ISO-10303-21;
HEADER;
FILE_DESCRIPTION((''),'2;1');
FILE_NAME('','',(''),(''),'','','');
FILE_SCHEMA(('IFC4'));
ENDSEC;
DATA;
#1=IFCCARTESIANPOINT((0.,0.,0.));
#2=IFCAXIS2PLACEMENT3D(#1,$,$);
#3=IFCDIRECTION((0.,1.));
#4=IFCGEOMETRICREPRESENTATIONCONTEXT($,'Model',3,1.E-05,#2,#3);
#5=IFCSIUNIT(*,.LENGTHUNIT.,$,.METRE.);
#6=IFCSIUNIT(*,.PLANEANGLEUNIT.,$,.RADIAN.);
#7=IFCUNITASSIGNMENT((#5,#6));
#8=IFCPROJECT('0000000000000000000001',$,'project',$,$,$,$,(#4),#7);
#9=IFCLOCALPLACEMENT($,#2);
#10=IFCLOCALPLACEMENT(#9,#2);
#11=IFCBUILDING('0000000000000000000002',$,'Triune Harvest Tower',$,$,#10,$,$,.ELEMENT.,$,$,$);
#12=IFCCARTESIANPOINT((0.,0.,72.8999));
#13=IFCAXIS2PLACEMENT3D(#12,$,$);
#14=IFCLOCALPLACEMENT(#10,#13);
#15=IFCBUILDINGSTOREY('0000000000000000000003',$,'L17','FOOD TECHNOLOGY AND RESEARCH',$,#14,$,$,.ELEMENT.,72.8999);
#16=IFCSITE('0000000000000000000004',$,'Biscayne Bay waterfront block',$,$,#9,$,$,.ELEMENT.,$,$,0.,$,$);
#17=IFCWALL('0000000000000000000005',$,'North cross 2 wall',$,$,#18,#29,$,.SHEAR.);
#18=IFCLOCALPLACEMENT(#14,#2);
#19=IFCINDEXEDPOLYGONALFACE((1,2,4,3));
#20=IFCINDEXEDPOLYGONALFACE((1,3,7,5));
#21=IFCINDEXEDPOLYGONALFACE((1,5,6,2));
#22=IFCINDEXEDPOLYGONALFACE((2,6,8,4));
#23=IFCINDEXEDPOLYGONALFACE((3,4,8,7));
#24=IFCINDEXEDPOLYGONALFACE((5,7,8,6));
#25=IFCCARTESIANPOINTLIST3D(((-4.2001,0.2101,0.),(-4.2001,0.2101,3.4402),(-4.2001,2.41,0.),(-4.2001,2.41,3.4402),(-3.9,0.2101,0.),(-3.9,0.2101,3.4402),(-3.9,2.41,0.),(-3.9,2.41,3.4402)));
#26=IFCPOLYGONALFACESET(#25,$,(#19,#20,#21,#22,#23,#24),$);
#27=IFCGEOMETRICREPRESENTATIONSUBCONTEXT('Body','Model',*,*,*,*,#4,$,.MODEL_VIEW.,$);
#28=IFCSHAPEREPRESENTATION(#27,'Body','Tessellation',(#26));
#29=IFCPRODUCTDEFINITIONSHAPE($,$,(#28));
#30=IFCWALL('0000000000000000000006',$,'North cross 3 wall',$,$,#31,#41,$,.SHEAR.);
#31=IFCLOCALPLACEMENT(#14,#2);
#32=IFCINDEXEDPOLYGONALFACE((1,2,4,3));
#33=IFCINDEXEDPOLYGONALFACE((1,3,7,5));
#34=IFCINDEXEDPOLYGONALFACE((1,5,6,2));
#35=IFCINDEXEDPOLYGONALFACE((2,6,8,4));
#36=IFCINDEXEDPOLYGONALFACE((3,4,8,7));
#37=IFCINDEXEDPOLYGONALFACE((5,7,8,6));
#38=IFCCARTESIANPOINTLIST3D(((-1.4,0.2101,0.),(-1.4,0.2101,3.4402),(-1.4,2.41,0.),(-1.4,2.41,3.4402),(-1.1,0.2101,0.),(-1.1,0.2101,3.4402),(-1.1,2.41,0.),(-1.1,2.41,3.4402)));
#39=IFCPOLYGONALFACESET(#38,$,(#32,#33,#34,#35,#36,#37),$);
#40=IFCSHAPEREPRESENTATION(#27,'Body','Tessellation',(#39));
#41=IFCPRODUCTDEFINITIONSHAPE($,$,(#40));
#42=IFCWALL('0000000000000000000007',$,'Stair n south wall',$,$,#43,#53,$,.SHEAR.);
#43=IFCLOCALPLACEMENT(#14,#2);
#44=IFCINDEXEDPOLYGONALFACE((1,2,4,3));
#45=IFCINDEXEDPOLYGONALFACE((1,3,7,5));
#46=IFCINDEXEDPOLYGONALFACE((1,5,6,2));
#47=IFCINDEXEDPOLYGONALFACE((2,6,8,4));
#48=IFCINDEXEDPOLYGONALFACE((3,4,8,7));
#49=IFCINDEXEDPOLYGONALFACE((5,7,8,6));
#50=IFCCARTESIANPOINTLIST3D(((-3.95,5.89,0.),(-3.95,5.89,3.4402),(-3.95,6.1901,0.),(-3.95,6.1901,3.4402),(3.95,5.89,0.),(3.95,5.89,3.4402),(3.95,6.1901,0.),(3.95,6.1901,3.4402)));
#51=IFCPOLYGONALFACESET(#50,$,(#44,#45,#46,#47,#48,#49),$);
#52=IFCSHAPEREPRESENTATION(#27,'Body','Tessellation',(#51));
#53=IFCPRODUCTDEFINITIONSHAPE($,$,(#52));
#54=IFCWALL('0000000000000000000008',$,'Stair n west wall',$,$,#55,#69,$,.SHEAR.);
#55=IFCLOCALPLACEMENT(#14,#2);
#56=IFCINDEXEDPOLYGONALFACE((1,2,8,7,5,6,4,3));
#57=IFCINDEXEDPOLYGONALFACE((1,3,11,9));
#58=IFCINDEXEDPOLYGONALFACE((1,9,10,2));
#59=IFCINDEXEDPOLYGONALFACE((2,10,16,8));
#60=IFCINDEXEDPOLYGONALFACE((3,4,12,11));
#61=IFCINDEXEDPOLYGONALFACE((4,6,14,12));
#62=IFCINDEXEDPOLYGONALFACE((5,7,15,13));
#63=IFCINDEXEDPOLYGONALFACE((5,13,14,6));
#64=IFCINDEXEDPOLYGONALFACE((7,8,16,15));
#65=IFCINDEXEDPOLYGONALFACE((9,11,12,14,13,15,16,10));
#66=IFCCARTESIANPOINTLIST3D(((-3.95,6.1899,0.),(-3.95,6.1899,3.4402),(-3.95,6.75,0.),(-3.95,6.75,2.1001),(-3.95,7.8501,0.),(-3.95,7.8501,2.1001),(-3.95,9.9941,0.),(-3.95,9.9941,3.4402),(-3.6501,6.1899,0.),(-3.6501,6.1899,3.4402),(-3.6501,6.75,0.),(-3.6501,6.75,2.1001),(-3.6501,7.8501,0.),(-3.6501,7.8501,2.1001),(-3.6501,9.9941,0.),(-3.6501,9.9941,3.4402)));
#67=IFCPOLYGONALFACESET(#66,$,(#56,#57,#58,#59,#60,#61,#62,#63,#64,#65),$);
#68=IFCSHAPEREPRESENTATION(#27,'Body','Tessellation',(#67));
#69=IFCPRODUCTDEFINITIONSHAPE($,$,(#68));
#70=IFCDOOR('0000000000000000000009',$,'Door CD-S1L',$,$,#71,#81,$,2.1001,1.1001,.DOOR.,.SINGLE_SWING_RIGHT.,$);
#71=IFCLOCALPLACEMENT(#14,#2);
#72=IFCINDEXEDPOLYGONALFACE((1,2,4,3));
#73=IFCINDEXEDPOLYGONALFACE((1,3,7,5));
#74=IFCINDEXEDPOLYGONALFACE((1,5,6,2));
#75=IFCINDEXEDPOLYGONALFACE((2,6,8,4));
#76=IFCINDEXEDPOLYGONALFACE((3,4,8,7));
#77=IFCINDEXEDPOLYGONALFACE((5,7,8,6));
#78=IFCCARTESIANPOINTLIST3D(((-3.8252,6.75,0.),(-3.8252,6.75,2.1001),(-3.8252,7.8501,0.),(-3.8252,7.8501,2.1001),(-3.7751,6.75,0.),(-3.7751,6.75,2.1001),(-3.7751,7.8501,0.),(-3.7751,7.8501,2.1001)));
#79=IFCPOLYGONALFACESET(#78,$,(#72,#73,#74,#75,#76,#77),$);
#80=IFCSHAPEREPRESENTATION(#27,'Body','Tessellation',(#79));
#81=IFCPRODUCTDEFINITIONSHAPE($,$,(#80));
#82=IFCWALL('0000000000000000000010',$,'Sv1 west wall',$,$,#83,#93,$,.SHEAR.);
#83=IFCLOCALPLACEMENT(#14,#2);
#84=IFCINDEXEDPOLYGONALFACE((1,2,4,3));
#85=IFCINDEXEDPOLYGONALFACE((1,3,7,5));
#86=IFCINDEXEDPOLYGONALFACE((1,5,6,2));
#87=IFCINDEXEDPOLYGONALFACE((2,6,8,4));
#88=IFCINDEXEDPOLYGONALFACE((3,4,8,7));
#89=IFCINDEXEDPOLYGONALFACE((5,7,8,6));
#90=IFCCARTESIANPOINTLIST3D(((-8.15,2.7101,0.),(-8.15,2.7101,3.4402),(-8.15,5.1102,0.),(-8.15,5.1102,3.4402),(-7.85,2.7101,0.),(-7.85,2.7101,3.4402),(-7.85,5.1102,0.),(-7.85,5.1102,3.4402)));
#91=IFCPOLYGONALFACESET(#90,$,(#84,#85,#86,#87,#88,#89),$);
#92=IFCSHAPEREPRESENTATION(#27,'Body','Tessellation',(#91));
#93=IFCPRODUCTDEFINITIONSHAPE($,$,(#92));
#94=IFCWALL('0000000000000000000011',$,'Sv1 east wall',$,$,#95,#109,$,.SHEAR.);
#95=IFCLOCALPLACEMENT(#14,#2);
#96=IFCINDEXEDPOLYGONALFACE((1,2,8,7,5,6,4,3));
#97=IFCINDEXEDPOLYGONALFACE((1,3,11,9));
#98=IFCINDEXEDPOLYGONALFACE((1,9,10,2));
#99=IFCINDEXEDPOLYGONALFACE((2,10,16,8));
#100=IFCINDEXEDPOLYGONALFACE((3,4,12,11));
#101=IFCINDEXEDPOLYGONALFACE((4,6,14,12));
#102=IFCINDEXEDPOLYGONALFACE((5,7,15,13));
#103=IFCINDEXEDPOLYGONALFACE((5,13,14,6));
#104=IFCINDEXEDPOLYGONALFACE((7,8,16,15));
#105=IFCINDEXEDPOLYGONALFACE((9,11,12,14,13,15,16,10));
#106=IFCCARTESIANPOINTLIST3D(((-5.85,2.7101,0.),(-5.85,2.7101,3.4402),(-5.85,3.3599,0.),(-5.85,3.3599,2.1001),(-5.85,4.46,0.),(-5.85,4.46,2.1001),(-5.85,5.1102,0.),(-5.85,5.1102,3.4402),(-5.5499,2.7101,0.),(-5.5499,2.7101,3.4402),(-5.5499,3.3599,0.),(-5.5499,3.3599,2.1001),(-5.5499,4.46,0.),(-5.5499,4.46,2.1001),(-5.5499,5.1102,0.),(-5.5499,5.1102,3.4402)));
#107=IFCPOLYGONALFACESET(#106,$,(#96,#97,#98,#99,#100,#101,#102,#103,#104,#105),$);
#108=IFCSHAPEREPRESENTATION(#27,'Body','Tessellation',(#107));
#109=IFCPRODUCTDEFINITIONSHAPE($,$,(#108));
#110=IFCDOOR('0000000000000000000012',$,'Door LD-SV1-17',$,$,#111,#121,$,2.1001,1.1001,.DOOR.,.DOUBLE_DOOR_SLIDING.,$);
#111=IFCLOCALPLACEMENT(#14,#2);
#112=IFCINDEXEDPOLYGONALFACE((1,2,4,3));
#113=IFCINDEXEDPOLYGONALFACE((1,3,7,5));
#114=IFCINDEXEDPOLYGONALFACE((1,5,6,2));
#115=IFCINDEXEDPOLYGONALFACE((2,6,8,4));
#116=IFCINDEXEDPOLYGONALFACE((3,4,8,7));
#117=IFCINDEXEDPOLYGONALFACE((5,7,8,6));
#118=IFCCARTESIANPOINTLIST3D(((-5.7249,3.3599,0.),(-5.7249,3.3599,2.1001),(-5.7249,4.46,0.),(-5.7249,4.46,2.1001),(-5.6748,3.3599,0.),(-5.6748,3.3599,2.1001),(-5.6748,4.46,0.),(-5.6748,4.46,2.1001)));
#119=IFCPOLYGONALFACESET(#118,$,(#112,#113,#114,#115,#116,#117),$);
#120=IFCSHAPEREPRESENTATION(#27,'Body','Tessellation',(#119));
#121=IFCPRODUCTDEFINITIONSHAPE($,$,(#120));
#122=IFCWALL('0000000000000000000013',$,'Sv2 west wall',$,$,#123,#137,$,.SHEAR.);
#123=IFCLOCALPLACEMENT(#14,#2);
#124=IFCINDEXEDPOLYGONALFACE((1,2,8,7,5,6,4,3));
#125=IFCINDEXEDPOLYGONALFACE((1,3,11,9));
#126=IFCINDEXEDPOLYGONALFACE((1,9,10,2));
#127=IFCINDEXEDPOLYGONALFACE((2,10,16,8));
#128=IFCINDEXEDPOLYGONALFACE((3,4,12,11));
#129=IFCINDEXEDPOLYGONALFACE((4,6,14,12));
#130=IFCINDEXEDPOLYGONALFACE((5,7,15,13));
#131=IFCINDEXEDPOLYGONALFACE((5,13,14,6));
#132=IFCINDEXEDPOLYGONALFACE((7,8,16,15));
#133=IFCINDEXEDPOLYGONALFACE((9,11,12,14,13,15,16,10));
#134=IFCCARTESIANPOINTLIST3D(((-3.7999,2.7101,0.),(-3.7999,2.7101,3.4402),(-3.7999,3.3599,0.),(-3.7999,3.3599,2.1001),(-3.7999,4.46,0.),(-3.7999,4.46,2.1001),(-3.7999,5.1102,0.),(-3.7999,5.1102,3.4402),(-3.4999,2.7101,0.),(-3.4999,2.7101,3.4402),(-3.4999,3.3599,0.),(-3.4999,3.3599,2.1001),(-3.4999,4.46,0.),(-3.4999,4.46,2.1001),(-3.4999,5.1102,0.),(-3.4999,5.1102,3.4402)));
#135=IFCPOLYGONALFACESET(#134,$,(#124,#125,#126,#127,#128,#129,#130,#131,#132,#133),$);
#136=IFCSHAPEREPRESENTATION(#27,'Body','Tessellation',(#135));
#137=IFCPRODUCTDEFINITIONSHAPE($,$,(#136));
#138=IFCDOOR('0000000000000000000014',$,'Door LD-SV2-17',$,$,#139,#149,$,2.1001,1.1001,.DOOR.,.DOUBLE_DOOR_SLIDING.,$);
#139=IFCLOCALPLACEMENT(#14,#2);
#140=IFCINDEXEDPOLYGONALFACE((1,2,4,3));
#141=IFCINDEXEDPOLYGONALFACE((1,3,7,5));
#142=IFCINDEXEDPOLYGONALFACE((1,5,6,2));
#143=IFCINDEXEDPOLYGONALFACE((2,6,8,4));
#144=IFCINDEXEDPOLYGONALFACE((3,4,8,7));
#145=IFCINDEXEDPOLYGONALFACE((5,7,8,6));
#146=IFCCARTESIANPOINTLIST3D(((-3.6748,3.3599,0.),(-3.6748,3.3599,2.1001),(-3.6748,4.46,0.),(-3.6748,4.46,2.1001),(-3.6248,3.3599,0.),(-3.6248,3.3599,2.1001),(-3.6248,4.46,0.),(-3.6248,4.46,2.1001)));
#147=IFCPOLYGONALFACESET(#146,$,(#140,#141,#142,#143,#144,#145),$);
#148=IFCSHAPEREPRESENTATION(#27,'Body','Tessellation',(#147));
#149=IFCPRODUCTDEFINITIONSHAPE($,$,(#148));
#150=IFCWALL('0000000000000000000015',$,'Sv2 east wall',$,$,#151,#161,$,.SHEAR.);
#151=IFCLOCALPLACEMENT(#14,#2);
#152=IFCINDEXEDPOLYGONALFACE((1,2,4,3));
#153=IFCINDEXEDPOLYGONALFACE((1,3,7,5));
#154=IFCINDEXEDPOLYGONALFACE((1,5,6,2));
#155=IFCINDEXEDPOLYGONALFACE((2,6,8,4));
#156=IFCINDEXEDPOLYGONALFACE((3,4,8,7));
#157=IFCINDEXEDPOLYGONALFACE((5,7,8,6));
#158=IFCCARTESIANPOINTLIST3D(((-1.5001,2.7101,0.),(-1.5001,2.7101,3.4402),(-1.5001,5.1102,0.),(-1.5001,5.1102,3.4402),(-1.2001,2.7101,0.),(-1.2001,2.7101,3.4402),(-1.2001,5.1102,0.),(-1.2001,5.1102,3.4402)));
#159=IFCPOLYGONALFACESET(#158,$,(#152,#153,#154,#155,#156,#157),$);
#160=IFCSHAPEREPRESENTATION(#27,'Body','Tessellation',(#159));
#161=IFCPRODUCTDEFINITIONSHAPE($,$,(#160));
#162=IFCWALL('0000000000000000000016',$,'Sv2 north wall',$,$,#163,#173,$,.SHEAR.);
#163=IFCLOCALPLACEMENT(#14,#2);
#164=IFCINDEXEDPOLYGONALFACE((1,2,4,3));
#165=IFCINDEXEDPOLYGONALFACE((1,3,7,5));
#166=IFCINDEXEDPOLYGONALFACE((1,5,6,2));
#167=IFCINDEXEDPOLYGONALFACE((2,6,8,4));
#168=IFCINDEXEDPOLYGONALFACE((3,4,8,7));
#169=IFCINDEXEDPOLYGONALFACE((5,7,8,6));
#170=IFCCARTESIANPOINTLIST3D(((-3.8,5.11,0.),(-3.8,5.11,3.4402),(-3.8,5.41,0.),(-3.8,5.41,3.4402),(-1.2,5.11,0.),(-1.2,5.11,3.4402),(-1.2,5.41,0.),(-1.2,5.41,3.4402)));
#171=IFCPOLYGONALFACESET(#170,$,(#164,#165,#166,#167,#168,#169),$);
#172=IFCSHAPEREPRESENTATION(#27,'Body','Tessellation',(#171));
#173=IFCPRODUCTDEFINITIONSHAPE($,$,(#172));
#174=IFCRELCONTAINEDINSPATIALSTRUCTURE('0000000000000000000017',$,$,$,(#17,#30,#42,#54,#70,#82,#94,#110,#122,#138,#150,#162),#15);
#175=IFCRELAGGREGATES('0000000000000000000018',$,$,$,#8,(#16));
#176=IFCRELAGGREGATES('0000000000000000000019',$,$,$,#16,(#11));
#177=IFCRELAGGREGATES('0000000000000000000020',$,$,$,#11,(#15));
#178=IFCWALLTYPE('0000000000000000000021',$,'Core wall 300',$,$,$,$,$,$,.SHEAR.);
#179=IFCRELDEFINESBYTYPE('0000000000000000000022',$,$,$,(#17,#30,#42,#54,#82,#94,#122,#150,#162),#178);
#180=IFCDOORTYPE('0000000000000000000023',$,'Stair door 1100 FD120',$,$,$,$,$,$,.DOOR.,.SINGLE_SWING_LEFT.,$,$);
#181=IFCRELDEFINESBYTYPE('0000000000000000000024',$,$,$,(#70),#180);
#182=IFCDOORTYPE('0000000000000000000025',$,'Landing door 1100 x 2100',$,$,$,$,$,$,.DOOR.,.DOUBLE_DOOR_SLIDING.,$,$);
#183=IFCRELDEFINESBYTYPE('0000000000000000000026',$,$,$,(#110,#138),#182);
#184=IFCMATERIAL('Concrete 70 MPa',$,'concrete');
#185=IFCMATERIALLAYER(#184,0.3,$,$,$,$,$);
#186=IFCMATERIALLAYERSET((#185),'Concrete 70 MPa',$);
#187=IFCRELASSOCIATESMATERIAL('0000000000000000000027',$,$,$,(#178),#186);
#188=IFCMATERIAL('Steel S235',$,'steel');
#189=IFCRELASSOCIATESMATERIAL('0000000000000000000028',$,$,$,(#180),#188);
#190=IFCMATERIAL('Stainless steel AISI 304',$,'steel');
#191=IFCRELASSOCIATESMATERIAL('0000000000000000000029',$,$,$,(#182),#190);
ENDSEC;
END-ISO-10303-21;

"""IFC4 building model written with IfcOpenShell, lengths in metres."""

from ifc_helpers import new_model, si_unit, direction, frame, frame_2d, origin, place, context, subcontext, project, spatial, polyline, rectangle, outline, extrude, source, transform, mapped, material, layer, layer_set, type_object, element, fill, save


model = new_model("IFC4")

# Units and contexts
model_context = context("Model", 3, precision=1e-05, world=origin(), true_north=direction((0.0, 1.0)))
body_context = subcontext(model_context, "Body", "Model", "MODEL_VIEW")
ifc_project = project(units=[si_unit("LENGTHUNIT", "METRE"), si_unit("PLANEANGLEUNIT", "RADIAN")], contexts=[model_context])

# Site, building, storey
site_placement = place(None, origin())
site = spatial("IfcSite", under=ifc_project, at=site_placement, Name="Biscayne Bay waterfront block", CompositionType="ELEMENT", RefElevation=0.0)
building_placement = place(site_placement, origin())
building = spatial("IfcBuilding", under=site, at=building_placement, Name="Triune Harvest Tower", CompositionType="ELEMENT")
storey_placement = place(building_placement, frame((0.0, 0.0, 72.8999)))
storey = spatial("IfcBuildingStorey", under=building, at=storey_placement, Name="L17", Description="FOOD TECHNOLOGY AND RESEARCH", CompositionType="ELEMENT", Elevation=72.8999)

# Walls
ifc_material_1 = material(Name="Concrete 70 MPa", Category="concrete")
ifc_layer_1 = layer(ifc_material_1, 0.3)
ifc_layer_set_1 = layer_set([ifc_layer_1], Name="Concrete 70 MPa")
wall_type_1 = type_object("IfcWallType", Name="Core wall 300", PredefinedType="SHEAR", material=ifc_layer_set_1)
shared_shape_1 = source(origin(), body_context, "Body", "SweptSolid", [
    extrude(rectangle(XDim=2.2, YDim=0.3, at=frame_2d((1.1001, 0.0))), origin(), (0.0, 0.0, 1.0), 3.4402),
])
for number, where, z_axis, x_axis, name in (
    (1, (-4.05, 0.21, 0.0), (0.0, 0.0, 1.0), (0.0, 1.0, 0.0), "North cross 2 wall"),
    (2, (-1.25, 0.21, 0.0), (0.0, 0.0, 1.0), (0.0, 1.0, 0.0), "North cross 3 wall"),
):
    element("IfcWall", number, at=place(storey_placement, frame(where, z_axis=z_axis, x_axis=x_axis)), inside=storey, type_object=wall_type_1, Name=name, PredefinedType="SHEAR", context=body_context, shape_type="MappedRepresentation", body=[
        mapped(shared_shape_1, transform((0.0, 0.0, 0.0), scale=1.0)),
    ])
shared_shape_2 = source(origin(), body_context, "Body", "SweptSolid", [
    extrude(rectangle(XDim=7.8999, YDim=0.3, at=frame_2d((3.95, 0.0))), origin(), (0.0, 0.0, 1.0), 3.4402),
])
wall_1_placement = place(storey_placement, frame((-3.95, 6.04, 0.0), z_axis=(0.0, 0.0, 1.0), x_axis=(1.0, 0.0, 0.0)))
element("IfcWall", 3, at=wall_1_placement, inside=storey, type_object=wall_type_1, Name="Stair n south wall", PredefinedType="SHEAR", context=body_context, shape_type="MappedRepresentation", body=[
    mapped(shared_shape_2, transform((0.0, 0.0, 0.0), scale=1.0)),
])

# Wall, opening, door
shared_shape_3 = source(origin(), body_context, "Body", "SweptSolid", [
    extrude(outline(polyline([(0.0, -0.1499), (0.0, 0.1499), (3.8042, 0.1499), (3.8042, -0.1499), (0.0, -0.1499)])), origin(), (0.0, 0.0, 1.0), 3.4402),
])
wall_2_placement = place(storey_placement, frame((-3.8, 6.1899, 0.0), z_axis=(0.0, 0.0, 1.0), x_axis=(0.0, 1.0, 0.0)))
wall_2 = element("IfcWall", 4, at=wall_2_placement, inside=storey, type_object=wall_type_1, Name="Stair n west wall", PredefinedType="SHEAR", context=body_context, shape_type="MappedRepresentation", body=[
    mapped(shared_shape_3, transform((0.0, 0.0, 0.0), scale=1.0)),
])
opening_1_placement = place(wall_2_placement, frame((0.5601, 0.0, 0.0)))
opening_1 = element("IfcOpeningElement", 5, at=opening_1_placement, cuts=wall_2, PredefinedType="OPENING", context=body_context, shape_type="SweptSolid", body=[
    extrude(rectangle(XDim=1.1001, YDim=2.1001, at=frame_2d((0.55, 1.05))), frame((0.0, 0.1602, 0.0), z_axis=(0.0, -1.0, 0.0), x_axis=(1.0, 0.0, 0.0)), (0.0, 0.0, 1.0), 0.3201),
])
ifc_material_2 = material(Name="Steel S235", Category="steel")
door_type_1 = type_object("IfcDoorType", Name="Stair door 1100 FD120", OperationType="SINGLE_SWING_LEFT", PredefinedType="DOOR", material=ifc_material_2)
door_1_placement = place(opening_1_placement, frame((1.1001, 0.0, 0.0), z_axis=(0.0, 0.0, 1.0), x_axis=(-1.0, 0.0, 0.0)))
door_1 = element("IfcDoor", 6, at=door_1_placement, inside=storey, type_object=door_type_1, Name="Door CD-S1L", OperationType="SINGLE_SWING_RIGHT", OverallHeight=2.1001, OverallWidth=1.1001, PredefinedType="DOOR", context=body_context, shape_type="SweptSolid", body=[
    extrude(rectangle(XDim=1.1001, YDim=2.1001, at=frame_2d((0.55, 1.05))), frame((0.0, 0.0249, 0.0), z_axis=(0.0, -1.0, 0.0), x_axis=(1.0, 0.0, 0.0)), (0.0, 0.0, 1.0), 0.05),
])
fill(opening_1, door_1)

# Wall
shared_shape_4 = source(origin(), body_context, "Body", "SweptSolid", [
    extrude(rectangle(XDim=2.4001, YDim=0.3, at=frame_2d((1.2002, 0.0))), origin(), (0.0, 0.0, 1.0), 3.4402),
])
wall_3_placement = place(storey_placement, frame((-8.0, 2.71, 0.0), z_axis=(0.0, 0.0, 1.0), x_axis=(0.0, 1.0, 0.0)))
element("IfcWall", 7, at=wall_3_placement, inside=storey, type_object=wall_type_1, Name="Sv1 west wall", PredefinedType="SHEAR", context=body_context, shape_type="MappedRepresentation", body=[
    mapped(shared_shape_4, transform((0.0, 0.0, 0.0), scale=1.0)),
])

# Walls, openings, doors
wall_4_placement = place(storey_placement, frame((-5.7, 2.71, 0.0), z_axis=(0.0, 0.0, 1.0), x_axis=(0.0, 1.0, 0.0)))
wall_4 = element("IfcWall", 8, at=wall_4_placement, inside=storey, type_object=wall_type_1, Name="Sv1 east wall", PredefinedType="SHEAR", context=body_context, shape_type="MappedRepresentation", body=[
    mapped(shared_shape_4, transform((0.0, 0.0, 0.0), scale=1.0)),
])
opening_2_placement = place(wall_4_placement, frame((0.6499, 0.0, 0.0)))
opening_2 = element("IfcOpeningElement", 9, at=opening_2_placement, cuts=wall_4, PredefinedType="OPENING", context=body_context, shape_type="SweptSolid", body=[
    extrude(rectangle(XDim=1.1001, YDim=2.1001, at=frame_2d((0.55, 1.05))), frame((0.0, 0.1602, 0.0), z_axis=(0.0, -1.0, 0.0), x_axis=(1.0, 0.0, 0.0)), (0.0, 0.0, 1.0), 0.3201),
])
ifc_material_3 = material(Name="Stainless steel AISI 304", Category="steel")
door_type_2 = type_object("IfcDoorType", Name="Landing door 1100 x 2100", OperationType="DOUBLE_DOOR_SLIDING", PredefinedType="DOOR", material=ifc_material_3)
door_2_placement = place(opening_2_placement, origin())
door_2 = element("IfcDoor", 10, at=door_2_placement, inside=storey, type_object=door_type_2, Name="Door LD-SV1-17", OperationType="DOUBLE_DOOR_SLIDING", OverallHeight=2.1001, OverallWidth=1.1001, PredefinedType="DOOR", context=body_context, shape_type="SweptSolid", body=[
    extrude(rectangle(XDim=1.1001, YDim=2.1001, at=frame_2d((0.55, 1.05))), frame((0.0, 0.0249, 0.0), z_axis=(0.0, -1.0, 0.0), x_axis=(1.0, 0.0, 0.0)), (0.0, 0.0, 1.0), 0.05),
])
fill(opening_2, door_2)
wall_5_placement = place(storey_placement, frame((-3.6499, 2.71, 0.0), z_axis=(0.0, 0.0, 1.0), x_axis=(0.0, 1.0, 0.0)))
wall_5 = element("IfcWall", 11, at=wall_5_placement, inside=storey, type_object=wall_type_1, Name="Sv2 west wall", PredefinedType="SHEAR", context=body_context, shape_type="MappedRepresentation", body=[
    mapped(shared_shape_4, transform((0.0, 0.0, 0.0), scale=1.0)),
])
opening_3_placement = place(wall_5_placement, frame((0.6499, 0.0, 0.0)))
opening_3 = element("IfcOpeningElement", 12, at=opening_3_placement, cuts=wall_5, PredefinedType="OPENING", context=body_context, shape_type="SweptSolid", body=[
    extrude(rectangle(XDim=1.1001, YDim=2.1001, at=frame_2d((0.55, 1.05))), frame((0.0, 0.1602, 0.0), z_axis=(0.0, -1.0, 0.0), x_axis=(1.0, 0.0, 0.0)), (0.0, 0.0, 1.0), 0.3201),
])
door_3_placement = place(opening_3_placement, origin())
door_3 = element("IfcDoor", 13, at=door_3_placement, inside=storey, type_object=door_type_2, Name="Door LD-SV2-17", OperationType="DOUBLE_DOOR_SLIDING", OverallHeight=2.1001, OverallWidth=1.1001, PredefinedType="DOOR", context=body_context, shape_type="SweptSolid", body=[
    extrude(rectangle(XDim=1.1001, YDim=2.1001, at=frame_2d((0.55, 1.05))), frame((0.0, 0.0249, 0.0), z_axis=(0.0, -1.0, 0.0), x_axis=(1.0, 0.0, 0.0)), (0.0, 0.0, 1.0), 0.05),
])
fill(opening_3, door_3)

# Walls
wall_6_placement = place(storey_placement, frame((-1.3501, 2.71, 0.0), z_axis=(0.0, 0.0, 1.0), x_axis=(0.0, 1.0, 0.0)))
element("IfcWall", 14, at=wall_6_placement, inside=storey, type_object=wall_type_1, Name="Sv2 east wall", PredefinedType="SHEAR", context=body_context, shape_type="MappedRepresentation", body=[
    mapped(shared_shape_4, transform((0.0, 0.0, 0.0), scale=1.0)),
])
shared_shape_5 = source(origin(), body_context, "Body", "SweptSolid", [
    extrude(rectangle(XDim=2.6001, YDim=0.3, at=frame_2d((1.3, 0.0))), origin(), (0.0, 0.0, 1.0), 3.4402),
])
wall_7_placement = place(storey_placement, frame((-3.8, 5.26, 0.0), z_axis=(0.0, 0.0, 1.0), x_axis=(1.0, 0.0, 0.0)))
element("IfcWall", 15, at=wall_7_placement, inside=storey, type_object=wall_type_1, Name="Sv2 north wall", PredefinedType="SHEAR", context=body_context, shape_type="MappedRepresentation", body=[
    mapped(shared_shape_5, transform((0.0, 0.0, 0.0), scale=1.0)),
])

save(model, "model.ifc")
